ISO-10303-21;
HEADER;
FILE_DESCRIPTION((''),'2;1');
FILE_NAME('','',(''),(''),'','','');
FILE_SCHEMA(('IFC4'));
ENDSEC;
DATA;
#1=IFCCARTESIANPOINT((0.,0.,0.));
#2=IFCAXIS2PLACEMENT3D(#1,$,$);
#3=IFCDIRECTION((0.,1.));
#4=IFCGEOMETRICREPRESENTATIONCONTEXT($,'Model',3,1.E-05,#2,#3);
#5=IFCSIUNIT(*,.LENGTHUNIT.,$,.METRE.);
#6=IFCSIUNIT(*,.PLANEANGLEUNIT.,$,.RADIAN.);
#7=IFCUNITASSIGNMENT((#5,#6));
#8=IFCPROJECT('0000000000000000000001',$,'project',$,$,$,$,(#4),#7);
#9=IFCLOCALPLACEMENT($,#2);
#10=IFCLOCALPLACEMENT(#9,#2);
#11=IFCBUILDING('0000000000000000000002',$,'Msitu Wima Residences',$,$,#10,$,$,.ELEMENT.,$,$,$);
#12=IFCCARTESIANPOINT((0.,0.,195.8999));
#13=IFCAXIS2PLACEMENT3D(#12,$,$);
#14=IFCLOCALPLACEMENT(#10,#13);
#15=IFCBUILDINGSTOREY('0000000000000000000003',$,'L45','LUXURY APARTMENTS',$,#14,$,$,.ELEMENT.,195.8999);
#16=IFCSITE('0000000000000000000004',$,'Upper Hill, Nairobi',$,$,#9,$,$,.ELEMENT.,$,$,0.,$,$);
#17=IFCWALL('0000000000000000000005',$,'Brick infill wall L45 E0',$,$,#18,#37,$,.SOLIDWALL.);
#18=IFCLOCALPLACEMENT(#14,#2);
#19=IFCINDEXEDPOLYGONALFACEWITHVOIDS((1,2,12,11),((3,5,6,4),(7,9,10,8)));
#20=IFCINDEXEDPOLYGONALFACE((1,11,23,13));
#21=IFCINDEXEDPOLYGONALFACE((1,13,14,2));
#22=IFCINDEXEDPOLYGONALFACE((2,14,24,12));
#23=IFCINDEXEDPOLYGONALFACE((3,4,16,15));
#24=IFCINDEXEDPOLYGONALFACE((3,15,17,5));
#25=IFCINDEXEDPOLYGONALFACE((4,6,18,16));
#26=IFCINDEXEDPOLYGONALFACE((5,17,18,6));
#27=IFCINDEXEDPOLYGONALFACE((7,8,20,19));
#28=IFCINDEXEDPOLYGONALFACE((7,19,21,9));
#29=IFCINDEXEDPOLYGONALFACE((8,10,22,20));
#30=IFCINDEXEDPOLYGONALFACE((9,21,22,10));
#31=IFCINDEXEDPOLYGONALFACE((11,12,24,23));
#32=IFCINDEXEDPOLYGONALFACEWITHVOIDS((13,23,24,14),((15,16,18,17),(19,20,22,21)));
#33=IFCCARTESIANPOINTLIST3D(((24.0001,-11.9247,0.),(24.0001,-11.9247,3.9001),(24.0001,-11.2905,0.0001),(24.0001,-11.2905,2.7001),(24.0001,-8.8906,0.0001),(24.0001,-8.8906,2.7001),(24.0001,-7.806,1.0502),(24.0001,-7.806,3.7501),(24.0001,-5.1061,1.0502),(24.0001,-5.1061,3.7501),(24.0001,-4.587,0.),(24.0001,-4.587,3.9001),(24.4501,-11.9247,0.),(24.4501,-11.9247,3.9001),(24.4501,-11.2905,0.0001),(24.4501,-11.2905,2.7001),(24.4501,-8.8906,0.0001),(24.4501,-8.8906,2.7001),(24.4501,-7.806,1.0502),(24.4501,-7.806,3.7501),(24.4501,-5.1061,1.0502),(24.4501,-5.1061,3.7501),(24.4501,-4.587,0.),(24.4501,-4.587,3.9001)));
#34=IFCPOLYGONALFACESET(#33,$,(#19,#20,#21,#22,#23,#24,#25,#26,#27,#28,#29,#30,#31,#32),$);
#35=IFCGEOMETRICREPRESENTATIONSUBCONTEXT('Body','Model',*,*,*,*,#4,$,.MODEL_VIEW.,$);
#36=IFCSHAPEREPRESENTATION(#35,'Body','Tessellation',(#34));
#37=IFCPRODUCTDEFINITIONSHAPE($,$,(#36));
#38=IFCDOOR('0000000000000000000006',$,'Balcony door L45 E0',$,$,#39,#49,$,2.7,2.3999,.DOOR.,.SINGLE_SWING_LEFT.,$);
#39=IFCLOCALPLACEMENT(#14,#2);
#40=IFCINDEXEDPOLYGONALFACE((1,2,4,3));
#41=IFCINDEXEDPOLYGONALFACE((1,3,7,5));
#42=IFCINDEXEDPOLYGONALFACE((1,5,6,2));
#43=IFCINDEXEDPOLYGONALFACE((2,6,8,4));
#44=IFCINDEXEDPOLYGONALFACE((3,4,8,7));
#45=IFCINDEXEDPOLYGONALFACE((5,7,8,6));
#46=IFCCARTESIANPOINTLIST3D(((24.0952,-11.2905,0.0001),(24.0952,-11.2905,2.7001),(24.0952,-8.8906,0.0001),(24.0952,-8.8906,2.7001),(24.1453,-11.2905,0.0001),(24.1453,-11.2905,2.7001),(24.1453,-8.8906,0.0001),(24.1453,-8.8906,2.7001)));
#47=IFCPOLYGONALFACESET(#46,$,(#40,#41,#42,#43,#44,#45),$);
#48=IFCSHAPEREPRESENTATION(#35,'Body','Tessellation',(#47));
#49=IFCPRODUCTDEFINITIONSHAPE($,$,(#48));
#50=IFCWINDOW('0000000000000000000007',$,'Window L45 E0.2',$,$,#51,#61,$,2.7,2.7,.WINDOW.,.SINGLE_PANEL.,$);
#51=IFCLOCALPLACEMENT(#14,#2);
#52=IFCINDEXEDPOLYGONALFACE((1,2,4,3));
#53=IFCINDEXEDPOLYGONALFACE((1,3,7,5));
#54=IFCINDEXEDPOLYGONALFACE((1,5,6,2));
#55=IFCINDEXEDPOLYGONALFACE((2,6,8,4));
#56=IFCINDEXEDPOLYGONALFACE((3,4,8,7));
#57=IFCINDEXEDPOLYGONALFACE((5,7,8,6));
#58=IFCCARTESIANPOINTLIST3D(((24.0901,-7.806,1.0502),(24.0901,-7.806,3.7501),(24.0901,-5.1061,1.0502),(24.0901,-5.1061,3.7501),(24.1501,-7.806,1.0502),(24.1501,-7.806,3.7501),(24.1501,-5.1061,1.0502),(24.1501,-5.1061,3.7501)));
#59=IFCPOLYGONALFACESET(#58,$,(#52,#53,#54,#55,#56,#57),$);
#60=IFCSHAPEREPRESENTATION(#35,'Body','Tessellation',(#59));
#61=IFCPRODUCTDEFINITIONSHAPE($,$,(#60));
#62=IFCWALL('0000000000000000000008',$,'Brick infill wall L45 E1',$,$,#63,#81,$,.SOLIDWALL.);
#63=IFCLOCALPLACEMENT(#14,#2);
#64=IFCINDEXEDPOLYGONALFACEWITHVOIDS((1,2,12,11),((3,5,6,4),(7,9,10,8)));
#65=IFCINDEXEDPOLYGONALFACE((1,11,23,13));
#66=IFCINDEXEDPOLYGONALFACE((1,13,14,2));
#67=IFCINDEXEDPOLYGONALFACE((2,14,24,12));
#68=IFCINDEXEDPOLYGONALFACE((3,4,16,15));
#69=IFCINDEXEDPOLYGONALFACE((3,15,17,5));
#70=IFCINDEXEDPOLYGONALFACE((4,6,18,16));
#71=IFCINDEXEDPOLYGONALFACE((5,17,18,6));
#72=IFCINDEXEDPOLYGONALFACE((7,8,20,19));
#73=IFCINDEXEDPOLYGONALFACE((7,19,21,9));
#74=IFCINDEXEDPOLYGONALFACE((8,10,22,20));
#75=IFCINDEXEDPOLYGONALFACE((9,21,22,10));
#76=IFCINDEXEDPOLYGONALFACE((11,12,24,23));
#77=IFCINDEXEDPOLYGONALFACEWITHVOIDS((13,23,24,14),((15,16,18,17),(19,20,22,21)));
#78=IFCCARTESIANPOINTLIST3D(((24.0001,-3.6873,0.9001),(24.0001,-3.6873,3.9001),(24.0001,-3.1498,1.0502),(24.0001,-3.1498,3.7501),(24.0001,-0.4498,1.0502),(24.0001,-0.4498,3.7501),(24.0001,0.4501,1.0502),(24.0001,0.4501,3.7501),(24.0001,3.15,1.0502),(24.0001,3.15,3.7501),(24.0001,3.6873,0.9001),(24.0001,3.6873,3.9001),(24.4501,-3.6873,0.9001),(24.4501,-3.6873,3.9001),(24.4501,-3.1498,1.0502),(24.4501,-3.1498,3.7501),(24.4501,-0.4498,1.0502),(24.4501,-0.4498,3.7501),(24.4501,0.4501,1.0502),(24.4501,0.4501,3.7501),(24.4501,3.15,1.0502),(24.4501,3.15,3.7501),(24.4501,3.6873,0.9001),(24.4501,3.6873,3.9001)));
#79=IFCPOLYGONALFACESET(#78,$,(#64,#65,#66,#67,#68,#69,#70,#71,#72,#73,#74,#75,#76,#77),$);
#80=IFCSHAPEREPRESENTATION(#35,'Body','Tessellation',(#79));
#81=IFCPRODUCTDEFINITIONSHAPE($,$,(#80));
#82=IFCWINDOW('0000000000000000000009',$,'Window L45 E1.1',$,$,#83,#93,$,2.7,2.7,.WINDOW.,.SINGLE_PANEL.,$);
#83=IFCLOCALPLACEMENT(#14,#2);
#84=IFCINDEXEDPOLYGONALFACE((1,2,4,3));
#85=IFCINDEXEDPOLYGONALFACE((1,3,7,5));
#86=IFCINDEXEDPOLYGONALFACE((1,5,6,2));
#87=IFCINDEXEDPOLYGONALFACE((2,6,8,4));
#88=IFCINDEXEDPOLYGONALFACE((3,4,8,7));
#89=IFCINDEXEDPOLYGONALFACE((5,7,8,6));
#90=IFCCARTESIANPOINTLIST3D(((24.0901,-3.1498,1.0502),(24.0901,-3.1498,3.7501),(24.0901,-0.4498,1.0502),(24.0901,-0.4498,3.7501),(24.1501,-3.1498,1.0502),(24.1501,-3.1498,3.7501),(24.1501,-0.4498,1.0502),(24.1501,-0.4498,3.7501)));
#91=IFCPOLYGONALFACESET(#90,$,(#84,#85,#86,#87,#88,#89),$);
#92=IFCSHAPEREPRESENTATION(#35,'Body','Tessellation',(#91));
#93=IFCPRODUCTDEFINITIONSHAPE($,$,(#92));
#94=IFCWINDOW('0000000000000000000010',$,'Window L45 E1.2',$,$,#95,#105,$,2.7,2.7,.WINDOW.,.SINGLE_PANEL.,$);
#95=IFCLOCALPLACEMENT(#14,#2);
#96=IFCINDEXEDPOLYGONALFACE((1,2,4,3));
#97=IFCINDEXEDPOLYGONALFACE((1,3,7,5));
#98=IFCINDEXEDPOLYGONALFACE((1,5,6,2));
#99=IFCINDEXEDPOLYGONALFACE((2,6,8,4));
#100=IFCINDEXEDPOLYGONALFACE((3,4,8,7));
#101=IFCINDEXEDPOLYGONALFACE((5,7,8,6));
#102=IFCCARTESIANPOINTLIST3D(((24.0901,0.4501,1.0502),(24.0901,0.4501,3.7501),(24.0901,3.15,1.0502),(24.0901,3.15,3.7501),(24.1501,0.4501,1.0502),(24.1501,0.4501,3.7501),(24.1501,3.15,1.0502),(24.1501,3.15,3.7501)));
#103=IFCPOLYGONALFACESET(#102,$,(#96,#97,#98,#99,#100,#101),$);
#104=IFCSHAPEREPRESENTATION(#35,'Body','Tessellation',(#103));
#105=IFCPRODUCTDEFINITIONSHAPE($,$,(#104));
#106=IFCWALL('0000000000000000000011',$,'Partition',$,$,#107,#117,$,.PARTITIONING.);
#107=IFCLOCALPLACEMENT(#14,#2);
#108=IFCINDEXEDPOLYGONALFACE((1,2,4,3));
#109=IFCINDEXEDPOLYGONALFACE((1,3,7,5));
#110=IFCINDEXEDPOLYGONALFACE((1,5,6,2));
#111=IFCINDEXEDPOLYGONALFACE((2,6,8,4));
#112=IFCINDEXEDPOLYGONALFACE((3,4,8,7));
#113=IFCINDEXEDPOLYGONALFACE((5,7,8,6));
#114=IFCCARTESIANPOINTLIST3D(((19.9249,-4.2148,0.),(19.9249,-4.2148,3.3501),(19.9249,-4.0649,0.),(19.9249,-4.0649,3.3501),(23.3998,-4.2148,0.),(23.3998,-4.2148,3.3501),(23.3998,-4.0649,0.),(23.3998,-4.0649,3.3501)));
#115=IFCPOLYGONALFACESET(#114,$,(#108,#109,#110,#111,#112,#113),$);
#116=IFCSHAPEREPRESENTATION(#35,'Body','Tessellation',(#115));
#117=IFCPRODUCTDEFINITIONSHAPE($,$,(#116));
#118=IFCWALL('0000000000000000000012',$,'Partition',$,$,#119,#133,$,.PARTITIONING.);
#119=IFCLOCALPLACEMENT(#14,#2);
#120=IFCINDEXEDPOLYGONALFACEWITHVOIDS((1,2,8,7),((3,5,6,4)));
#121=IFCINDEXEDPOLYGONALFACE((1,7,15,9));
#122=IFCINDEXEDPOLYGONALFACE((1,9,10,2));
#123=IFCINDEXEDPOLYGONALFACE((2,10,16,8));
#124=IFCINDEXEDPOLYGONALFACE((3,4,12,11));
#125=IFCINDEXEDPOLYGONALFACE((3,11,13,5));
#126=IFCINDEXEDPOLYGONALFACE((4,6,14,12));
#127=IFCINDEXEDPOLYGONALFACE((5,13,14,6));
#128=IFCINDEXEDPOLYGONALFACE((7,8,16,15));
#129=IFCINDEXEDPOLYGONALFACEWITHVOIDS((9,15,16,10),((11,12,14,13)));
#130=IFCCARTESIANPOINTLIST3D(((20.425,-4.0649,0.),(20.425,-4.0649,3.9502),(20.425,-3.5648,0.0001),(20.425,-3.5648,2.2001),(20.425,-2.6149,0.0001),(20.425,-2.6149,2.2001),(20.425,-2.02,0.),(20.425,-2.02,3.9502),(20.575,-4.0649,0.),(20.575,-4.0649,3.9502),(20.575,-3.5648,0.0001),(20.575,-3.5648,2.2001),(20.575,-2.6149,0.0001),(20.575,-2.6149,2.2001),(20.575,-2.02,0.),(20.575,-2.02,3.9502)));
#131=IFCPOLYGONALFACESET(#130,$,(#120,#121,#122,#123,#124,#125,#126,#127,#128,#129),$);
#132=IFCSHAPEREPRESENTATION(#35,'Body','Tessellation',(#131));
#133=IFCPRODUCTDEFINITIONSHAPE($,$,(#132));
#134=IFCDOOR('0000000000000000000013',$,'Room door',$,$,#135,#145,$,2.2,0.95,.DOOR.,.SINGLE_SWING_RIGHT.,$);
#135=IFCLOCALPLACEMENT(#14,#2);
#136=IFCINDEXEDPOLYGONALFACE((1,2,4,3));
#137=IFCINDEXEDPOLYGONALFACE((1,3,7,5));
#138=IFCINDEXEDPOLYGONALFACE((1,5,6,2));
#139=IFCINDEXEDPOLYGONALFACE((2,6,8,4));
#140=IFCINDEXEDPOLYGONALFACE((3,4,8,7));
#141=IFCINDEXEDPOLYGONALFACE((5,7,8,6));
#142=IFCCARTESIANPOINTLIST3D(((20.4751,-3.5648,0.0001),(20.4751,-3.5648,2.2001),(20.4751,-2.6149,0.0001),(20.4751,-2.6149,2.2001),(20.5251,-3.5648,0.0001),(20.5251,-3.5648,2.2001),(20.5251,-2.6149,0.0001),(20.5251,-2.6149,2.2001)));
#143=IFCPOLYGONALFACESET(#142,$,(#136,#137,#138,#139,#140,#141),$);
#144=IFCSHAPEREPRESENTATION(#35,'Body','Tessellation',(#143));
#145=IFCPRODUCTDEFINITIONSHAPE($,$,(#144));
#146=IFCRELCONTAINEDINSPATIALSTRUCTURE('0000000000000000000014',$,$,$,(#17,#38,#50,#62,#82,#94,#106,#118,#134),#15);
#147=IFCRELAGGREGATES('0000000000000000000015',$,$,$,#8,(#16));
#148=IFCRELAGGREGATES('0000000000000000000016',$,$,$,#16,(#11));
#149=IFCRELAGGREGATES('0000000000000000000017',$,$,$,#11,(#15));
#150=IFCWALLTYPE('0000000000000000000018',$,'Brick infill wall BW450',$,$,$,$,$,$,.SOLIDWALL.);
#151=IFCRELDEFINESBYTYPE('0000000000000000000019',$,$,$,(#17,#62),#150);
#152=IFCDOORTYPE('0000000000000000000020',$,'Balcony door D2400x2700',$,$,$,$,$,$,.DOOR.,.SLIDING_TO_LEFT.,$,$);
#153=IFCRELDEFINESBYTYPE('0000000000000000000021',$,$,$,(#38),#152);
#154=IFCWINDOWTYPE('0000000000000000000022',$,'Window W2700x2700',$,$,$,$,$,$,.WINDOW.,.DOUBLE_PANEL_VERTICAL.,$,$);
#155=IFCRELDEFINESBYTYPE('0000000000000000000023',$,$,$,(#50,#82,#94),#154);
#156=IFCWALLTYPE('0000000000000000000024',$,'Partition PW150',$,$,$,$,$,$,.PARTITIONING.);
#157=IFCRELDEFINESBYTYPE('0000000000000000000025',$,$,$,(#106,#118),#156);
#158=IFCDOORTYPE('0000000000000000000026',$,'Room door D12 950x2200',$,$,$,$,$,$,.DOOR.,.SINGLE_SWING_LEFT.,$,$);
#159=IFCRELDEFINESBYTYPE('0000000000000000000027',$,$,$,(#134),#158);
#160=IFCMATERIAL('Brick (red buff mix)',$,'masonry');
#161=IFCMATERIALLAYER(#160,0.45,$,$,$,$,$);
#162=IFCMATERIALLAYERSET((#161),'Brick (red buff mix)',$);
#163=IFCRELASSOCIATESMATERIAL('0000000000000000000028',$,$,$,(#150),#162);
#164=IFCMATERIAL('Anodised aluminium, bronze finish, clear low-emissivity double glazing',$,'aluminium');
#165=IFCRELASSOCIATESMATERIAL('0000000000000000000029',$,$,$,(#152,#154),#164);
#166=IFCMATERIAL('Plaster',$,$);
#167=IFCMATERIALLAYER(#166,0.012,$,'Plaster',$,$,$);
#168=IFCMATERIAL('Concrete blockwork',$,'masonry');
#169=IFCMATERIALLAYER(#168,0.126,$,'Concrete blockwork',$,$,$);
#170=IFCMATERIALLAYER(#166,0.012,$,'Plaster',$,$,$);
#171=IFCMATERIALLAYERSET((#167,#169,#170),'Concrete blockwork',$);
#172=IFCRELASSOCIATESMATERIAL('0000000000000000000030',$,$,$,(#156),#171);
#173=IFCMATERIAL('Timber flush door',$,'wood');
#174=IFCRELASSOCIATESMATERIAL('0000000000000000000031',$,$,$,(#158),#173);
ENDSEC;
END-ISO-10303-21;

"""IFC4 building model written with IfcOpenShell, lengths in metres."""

from ifc_helpers import new_model, si_unit, direction, frame, frame_2d, origin, place, context, subcontext, project, spatial, rectangle, extrude, material, layer, layer_set, type_object, element, fill, save


model = new_model("IFC4")

# Units and contexts
model_context = context("Model", 3, precision=1e-05, world=origin(), true_north=direction((0.0, 1.0)))
body_context = subcontext(model_context, "Body", "Model", "MODEL_VIEW")
ifc_project = project(units=[si_unit("LENGTHUNIT", "METRE"), si_unit("PLANEANGLEUNIT", "RADIAN")], contexts=[model_context])

# Site, building, storey
site_placement = place(None, origin())
site = spatial("IfcSite", under=ifc_project, at=site_placement, Name="Upper Hill, Nairobi", CompositionType="ELEMENT", RefElevation=0.0)
building_placement = place(site_placement, origin())
building = spatial("IfcBuilding", under=site, at=building_placement, Name="Msitu Wima Residences", CompositionType="ELEMENT")
storey_placement = place(building_placement, frame((0.0, 0.0, 195.8999)))
storey = spatial("IfcBuildingStorey", under=building, at=storey_placement, Name="L45", Description="LUXURY APARTMENTS", CompositionType="ELEMENT", Elevation=195.8999)

# Wall, openings, door, window
ifc_material_1 = material(Name="Brick (red buff mix)", Category="masonry")
ifc_layer_1 = layer(ifc_material_1, 0.45)
ifc_layer_set_1 = layer_set([ifc_layer_1], Name="Brick (red buff mix)")
wall_type_1 = type_object("IfcWallType", Name="Brick infill wall BW450", PredefinedType="SOLIDWALL", material=ifc_layer_set_1)
wall_1_placement = place(storey_placement, frame((24.2251, -11.9248, 0.0), z_axis=(0.0, 0.0, 1.0), x_axis=(0.0, 1.0, 0.0)))
wall_1 = element("IfcWall", 1, at=wall_1_placement, inside=storey, type_object=wall_type_1, Name="Brick infill wall L45 E0", PredefinedType="SOLIDWALL", context=body_context, shape_type="SweptSolid", body=[
    extrude(rectangle(XDim=7.3376, YDim=0.45, at=frame_2d((3.6689, 0.0))), origin(), (0.0, 0.0, 1.0), 3.9001),
])
opening_1_placement = place(wall_1_placement, frame((0.6343, 0.0, 0.0)))
opening_1 = element("IfcOpeningElement", 2, at=opening_1_placement, cuts=wall_1, PredefinedType="OPENING", context=body_context, shape_type="SweptSolid", body=[
    extrude(rectangle(XDim=2.3999, YDim=2.7, at=frame_2d((1.2, 1.3501))), frame((0.0, 0.2349, 0.0), z_axis=(0.0, -1.0, 0.0), x_axis=(1.0, 0.0, 0.0)), (0.0, 0.0, 1.0), 0.47),
])
opening_2_placement = place(wall_1_placement, frame((4.1187, 0.0, 1.05)))
opening_2 = element("IfcOpeningElement", 3, at=opening_2_placement, cuts=wall_1, PredefinedType="OPENING", context=body_context, shape_type="SweptSolid", body=[
    extrude(rectangle(XDim=2.7, YDim=2.7, at=frame_2d((1.3501, 1.3501))), frame((0.0, 0.2349, 0.0), z_axis=(0.0, -1.0, 0.0), x_axis=(1.0, 0.0, 0.0)), (0.0, 0.0, 1.0), 0.47),
])
ifc_material_2 = material(Name="Anodised aluminium, bronze finish, clear low-emissivity double glazing", Category="aluminium")
door_type_1 = type_object("IfcDoorType", Name="Balcony door D2400x2700", OperationType="SLIDING_TO_LEFT", PredefinedType="DOOR", material=ifc_material_2)
door_1_placement = place(opening_1_placement, origin())
door_1 = element("IfcDoor", 4, at=door_1_placement, inside=storey, type_object=door_type_1, Name="Balcony door L45 E0", OperationType="SINGLE_SWING_LEFT", OverallHeight=2.7, OverallWidth=2.3999, PredefinedType="DOOR", context=body_context, shape_type="SweptSolid", body=[
    extrude(rectangle(XDim=2.3999, YDim=2.7, at=frame_2d((1.2, 1.3501))), frame((0.0, 0.1299, 0.0), z_axis=(0.0, -1.0, 0.0), x_axis=(1.0, 0.0, 0.0)), (0.0, 0.0, 1.0), 0.05),
])
fill(opening_1, door_1)
window_type = type_object("IfcWindowType", Name="Window W2700x2700", PartitioningType="DOUBLE_PANEL_VERTICAL", PredefinedType="WINDOW", material=ifc_material_2)
window_1_placement = place(opening_2_placement, origin())
window_1 = element("IfcWindow", 5, at=window_1_placement, inside=storey, type_object=window_type, Name="Window L45 E0.2", OverallHeight=2.7, OverallWidth=2.7, PartitioningType="SINGLE_PANEL", PredefinedType="WINDOW", context=body_context, shape_type="SweptSolid", body=[
    extrude(rectangle(XDim=2.7, YDim=2.7, at=frame_2d((1.3501, 1.3501))), frame((0.0, 0.135, 0.0), z_axis=(0.0, -1.0, 0.0), x_axis=(1.0, 0.0, 0.0)), (0.0, 0.0, 1.0), 0.0601),
])
fill(opening_2, window_1)

# Wall, openings, windows
wall_2_placement = place(storey_placement, frame((24.2251, -3.6873, 0.9001), z_axis=(0.0, 0.0, 1.0), x_axis=(0.0, 1.0, 0.0)))
wall_2 = element("IfcWall", 6, at=wall_2_placement, inside=storey, type_object=wall_type_1, Name="Brick infill wall L45 E1", PredefinedType="SOLIDWALL", context=body_context, shape_type="SweptSolid", body=[
    extrude(rectangle(XDim=7.3745, YDim=0.45, at=frame_2d((3.6873, 0.0))), origin(), (0.0, 0.0, 1.0), 3.0),
])
opening_3_placement = place(wall_2_placement, frame((0.5374, 0.0, 0.1499)))
opening_3 = element("IfcOpeningElement", 7, at=opening_3_placement, cuts=wall_2, PredefinedType="OPENING", context=body_context, shape_type="SweptSolid", body=[
    extrude(rectangle(XDim=2.7, YDim=2.7, at=frame_2d((1.3501, 1.3501))), frame((0.0, 0.2349, 0.0), z_axis=(0.0, -1.0, 0.0), x_axis=(1.0, 0.0, 0.0)), (0.0, 0.0, 1.0), 0.47),
])
opening_4_placement = place(wall_2_placement, frame((4.1372, 0.0, 0.1499)))
opening_4 = element("IfcOpeningElement", 8, at=opening_4_placement, cuts=wall_2, PredefinedType="OPENING", context=body_context, shape_type="SweptSolid", body=[
    extrude(rectangle(XDim=2.7, YDim=2.7, at=frame_2d((1.3501, 1.3501))), frame((0.0, 0.2349, 0.0), z_axis=(0.0, -1.0, 0.0), x_axis=(1.0, 0.0, 0.0)), (0.0, 0.0, 1.0), 0.47),
])
window_2_placement = place(opening_3_placement, origin())
window_2 = element("IfcWindow", 9, at=window_2_placement, inside=storey, type_object=window_type, Name="Window L45 E1.1", OverallHeight=2.7, OverallWidth=2.7, PartitioningType="SINGLE_PANEL", PredefinedType="WINDOW", context=body_context, shape_type="SweptSolid", body=[
    extrude(rectangle(XDim=2.7, YDim=2.7, at=frame_2d((1.3501, 1.3501))), frame((0.0, 0.135, 0.0), z_axis=(0.0, -1.0, 0.0), x_axis=(1.0, 0.0, 0.0)), (0.0, 0.0, 1.0), 0.0601),
])
fill(opening_3, window_2)
window_3_placement = place(opening_4_placement, origin())
window_3 = element("IfcWindow", 10, at=window_3_placement, inside=storey, type_object=window_type, Name="Window L45 E1.2", OverallHeight=2.7, OverallWidth=2.7, PartitioningType="SINGLE_PANEL", PredefinedType="WINDOW", context=body_context, shape_type="SweptSolid", body=[
    extrude(rectangle(XDim=2.7, YDim=2.7, at=frame_2d((1.3501, 1.3501))), frame((0.0, 0.135, 0.0), z_axis=(0.0, -1.0, 0.0), x_axis=(1.0, 0.0, 0.0)), (0.0, 0.0, 1.0), 0.0601),
])
fill(opening_4, window_3)

# Wall
ifc_material_3 = material(Name="Plaster")
ifc_layer_2 = layer(ifc_material_3, 0.012, Name="Plaster")
ifc_material_4 = material(Name="Concrete blockwork", Category="masonry")
ifc_layer_3 = layer(ifc_material_4, 0.126, Name="Concrete blockwork")
ifc_layer_4 = layer(ifc_material_3, 0.012, Name="Plaster")
ifc_layer_set_2 = layer_set([ifc_layer_2, ifc_layer_3, ifc_layer_4], Name="Concrete blockwork")
wall_type_2 = type_object("IfcWallType", Name="Partition PW150", PredefinedType="PARTITIONING", material=ifc_layer_set_2)
wall_3_placement = place(storey_placement, frame((19.925, -4.1399, 0.0), z_axis=(0.0, 0.0, 1.0), x_axis=(1.0, 0.0, 0.0)))
element("IfcWall", 11, at=wall_3_placement, inside=storey, type_object=wall_type_2, Name="Partition", PredefinedType="PARTITIONING", context=body_context, shape_type="SweptSolid", body=[
    extrude(rectangle(XDim=3.4749, YDim=0.1499, at=frame_2d((1.7373, 0.0))), origin(), (0.0, 0.0, 1.0), 3.3501),
])

# Wall, opening, door
wall_4_placement = place(storey_placement, frame((20.5, -4.0649, 0.0), z_axis=(0.0, 0.0, 1.0), x_axis=(0.0, 1.0, 0.0)))
wall_4 = element("IfcWall", 12, at=wall_4_placement, inside=storey, type_object=wall_type_2, Name="Partition", PredefinedType="PARTITIONING", context=body_context, shape_type="SweptSolid", body=[
    extrude(rectangle(XDim=2.0449, YDim=0.1499, at=frame_2d((1.0225, 0.0))), origin(), (0.0, 0.0, 1.0), 3.9502),
])
opening_5_placement = place(wall_4_placement, frame((0.5, 0.0, 0.0)))
opening_5 = element("IfcOpeningElement", 13, at=opening_5_placement, cuts=wall_4, PredefinedType="OPENING", context=body_context, shape_type="SweptSolid", body=[
    extrude(rectangle(XDim=0.95, YDim=2.2, at=frame_2d((0.4751, 1.1001))), frame((0.0, 0.085, 0.0), z_axis=(0.0, -1.0, 0.0), x_axis=(1.0, 0.0, 0.0)), (0.0, 0.0, 1.0), 0.1699),
])
ifc_material_5 = material(Name="Timber flush door", Category="wood")
door_type_2 = type_object("IfcDoorType", Name="Room door D12 950x2200", OperationType="SINGLE_SWING_LEFT", PredefinedType="DOOR", material=ifc_material_5)
door_2_placement = place(opening_5_placement, origin())
door_2 = element("IfcDoor", 14, at=door_2_placement, inside=storey, type_object=door_type_2, Name="Room door", OperationType="SINGLE_SWING_RIGHT", OverallHeight=2.2, OverallWidth=0.95, PredefinedType="DOOR", context=body_context, shape_type="SweptSolid", body=[
    extrude(rectangle(XDim=0.95, YDim=2.2, at=frame_2d((0.4751, 1.1001))), frame((0.0, 0.0249, 0.0), z_axis=(0.0, -1.0, 0.0), x_axis=(1.0, 0.0, 0.0)), (0.0, 0.0, 1.0), 0.05),
])
fill(opening_5, door_2)

save(model, "model.ifc")
